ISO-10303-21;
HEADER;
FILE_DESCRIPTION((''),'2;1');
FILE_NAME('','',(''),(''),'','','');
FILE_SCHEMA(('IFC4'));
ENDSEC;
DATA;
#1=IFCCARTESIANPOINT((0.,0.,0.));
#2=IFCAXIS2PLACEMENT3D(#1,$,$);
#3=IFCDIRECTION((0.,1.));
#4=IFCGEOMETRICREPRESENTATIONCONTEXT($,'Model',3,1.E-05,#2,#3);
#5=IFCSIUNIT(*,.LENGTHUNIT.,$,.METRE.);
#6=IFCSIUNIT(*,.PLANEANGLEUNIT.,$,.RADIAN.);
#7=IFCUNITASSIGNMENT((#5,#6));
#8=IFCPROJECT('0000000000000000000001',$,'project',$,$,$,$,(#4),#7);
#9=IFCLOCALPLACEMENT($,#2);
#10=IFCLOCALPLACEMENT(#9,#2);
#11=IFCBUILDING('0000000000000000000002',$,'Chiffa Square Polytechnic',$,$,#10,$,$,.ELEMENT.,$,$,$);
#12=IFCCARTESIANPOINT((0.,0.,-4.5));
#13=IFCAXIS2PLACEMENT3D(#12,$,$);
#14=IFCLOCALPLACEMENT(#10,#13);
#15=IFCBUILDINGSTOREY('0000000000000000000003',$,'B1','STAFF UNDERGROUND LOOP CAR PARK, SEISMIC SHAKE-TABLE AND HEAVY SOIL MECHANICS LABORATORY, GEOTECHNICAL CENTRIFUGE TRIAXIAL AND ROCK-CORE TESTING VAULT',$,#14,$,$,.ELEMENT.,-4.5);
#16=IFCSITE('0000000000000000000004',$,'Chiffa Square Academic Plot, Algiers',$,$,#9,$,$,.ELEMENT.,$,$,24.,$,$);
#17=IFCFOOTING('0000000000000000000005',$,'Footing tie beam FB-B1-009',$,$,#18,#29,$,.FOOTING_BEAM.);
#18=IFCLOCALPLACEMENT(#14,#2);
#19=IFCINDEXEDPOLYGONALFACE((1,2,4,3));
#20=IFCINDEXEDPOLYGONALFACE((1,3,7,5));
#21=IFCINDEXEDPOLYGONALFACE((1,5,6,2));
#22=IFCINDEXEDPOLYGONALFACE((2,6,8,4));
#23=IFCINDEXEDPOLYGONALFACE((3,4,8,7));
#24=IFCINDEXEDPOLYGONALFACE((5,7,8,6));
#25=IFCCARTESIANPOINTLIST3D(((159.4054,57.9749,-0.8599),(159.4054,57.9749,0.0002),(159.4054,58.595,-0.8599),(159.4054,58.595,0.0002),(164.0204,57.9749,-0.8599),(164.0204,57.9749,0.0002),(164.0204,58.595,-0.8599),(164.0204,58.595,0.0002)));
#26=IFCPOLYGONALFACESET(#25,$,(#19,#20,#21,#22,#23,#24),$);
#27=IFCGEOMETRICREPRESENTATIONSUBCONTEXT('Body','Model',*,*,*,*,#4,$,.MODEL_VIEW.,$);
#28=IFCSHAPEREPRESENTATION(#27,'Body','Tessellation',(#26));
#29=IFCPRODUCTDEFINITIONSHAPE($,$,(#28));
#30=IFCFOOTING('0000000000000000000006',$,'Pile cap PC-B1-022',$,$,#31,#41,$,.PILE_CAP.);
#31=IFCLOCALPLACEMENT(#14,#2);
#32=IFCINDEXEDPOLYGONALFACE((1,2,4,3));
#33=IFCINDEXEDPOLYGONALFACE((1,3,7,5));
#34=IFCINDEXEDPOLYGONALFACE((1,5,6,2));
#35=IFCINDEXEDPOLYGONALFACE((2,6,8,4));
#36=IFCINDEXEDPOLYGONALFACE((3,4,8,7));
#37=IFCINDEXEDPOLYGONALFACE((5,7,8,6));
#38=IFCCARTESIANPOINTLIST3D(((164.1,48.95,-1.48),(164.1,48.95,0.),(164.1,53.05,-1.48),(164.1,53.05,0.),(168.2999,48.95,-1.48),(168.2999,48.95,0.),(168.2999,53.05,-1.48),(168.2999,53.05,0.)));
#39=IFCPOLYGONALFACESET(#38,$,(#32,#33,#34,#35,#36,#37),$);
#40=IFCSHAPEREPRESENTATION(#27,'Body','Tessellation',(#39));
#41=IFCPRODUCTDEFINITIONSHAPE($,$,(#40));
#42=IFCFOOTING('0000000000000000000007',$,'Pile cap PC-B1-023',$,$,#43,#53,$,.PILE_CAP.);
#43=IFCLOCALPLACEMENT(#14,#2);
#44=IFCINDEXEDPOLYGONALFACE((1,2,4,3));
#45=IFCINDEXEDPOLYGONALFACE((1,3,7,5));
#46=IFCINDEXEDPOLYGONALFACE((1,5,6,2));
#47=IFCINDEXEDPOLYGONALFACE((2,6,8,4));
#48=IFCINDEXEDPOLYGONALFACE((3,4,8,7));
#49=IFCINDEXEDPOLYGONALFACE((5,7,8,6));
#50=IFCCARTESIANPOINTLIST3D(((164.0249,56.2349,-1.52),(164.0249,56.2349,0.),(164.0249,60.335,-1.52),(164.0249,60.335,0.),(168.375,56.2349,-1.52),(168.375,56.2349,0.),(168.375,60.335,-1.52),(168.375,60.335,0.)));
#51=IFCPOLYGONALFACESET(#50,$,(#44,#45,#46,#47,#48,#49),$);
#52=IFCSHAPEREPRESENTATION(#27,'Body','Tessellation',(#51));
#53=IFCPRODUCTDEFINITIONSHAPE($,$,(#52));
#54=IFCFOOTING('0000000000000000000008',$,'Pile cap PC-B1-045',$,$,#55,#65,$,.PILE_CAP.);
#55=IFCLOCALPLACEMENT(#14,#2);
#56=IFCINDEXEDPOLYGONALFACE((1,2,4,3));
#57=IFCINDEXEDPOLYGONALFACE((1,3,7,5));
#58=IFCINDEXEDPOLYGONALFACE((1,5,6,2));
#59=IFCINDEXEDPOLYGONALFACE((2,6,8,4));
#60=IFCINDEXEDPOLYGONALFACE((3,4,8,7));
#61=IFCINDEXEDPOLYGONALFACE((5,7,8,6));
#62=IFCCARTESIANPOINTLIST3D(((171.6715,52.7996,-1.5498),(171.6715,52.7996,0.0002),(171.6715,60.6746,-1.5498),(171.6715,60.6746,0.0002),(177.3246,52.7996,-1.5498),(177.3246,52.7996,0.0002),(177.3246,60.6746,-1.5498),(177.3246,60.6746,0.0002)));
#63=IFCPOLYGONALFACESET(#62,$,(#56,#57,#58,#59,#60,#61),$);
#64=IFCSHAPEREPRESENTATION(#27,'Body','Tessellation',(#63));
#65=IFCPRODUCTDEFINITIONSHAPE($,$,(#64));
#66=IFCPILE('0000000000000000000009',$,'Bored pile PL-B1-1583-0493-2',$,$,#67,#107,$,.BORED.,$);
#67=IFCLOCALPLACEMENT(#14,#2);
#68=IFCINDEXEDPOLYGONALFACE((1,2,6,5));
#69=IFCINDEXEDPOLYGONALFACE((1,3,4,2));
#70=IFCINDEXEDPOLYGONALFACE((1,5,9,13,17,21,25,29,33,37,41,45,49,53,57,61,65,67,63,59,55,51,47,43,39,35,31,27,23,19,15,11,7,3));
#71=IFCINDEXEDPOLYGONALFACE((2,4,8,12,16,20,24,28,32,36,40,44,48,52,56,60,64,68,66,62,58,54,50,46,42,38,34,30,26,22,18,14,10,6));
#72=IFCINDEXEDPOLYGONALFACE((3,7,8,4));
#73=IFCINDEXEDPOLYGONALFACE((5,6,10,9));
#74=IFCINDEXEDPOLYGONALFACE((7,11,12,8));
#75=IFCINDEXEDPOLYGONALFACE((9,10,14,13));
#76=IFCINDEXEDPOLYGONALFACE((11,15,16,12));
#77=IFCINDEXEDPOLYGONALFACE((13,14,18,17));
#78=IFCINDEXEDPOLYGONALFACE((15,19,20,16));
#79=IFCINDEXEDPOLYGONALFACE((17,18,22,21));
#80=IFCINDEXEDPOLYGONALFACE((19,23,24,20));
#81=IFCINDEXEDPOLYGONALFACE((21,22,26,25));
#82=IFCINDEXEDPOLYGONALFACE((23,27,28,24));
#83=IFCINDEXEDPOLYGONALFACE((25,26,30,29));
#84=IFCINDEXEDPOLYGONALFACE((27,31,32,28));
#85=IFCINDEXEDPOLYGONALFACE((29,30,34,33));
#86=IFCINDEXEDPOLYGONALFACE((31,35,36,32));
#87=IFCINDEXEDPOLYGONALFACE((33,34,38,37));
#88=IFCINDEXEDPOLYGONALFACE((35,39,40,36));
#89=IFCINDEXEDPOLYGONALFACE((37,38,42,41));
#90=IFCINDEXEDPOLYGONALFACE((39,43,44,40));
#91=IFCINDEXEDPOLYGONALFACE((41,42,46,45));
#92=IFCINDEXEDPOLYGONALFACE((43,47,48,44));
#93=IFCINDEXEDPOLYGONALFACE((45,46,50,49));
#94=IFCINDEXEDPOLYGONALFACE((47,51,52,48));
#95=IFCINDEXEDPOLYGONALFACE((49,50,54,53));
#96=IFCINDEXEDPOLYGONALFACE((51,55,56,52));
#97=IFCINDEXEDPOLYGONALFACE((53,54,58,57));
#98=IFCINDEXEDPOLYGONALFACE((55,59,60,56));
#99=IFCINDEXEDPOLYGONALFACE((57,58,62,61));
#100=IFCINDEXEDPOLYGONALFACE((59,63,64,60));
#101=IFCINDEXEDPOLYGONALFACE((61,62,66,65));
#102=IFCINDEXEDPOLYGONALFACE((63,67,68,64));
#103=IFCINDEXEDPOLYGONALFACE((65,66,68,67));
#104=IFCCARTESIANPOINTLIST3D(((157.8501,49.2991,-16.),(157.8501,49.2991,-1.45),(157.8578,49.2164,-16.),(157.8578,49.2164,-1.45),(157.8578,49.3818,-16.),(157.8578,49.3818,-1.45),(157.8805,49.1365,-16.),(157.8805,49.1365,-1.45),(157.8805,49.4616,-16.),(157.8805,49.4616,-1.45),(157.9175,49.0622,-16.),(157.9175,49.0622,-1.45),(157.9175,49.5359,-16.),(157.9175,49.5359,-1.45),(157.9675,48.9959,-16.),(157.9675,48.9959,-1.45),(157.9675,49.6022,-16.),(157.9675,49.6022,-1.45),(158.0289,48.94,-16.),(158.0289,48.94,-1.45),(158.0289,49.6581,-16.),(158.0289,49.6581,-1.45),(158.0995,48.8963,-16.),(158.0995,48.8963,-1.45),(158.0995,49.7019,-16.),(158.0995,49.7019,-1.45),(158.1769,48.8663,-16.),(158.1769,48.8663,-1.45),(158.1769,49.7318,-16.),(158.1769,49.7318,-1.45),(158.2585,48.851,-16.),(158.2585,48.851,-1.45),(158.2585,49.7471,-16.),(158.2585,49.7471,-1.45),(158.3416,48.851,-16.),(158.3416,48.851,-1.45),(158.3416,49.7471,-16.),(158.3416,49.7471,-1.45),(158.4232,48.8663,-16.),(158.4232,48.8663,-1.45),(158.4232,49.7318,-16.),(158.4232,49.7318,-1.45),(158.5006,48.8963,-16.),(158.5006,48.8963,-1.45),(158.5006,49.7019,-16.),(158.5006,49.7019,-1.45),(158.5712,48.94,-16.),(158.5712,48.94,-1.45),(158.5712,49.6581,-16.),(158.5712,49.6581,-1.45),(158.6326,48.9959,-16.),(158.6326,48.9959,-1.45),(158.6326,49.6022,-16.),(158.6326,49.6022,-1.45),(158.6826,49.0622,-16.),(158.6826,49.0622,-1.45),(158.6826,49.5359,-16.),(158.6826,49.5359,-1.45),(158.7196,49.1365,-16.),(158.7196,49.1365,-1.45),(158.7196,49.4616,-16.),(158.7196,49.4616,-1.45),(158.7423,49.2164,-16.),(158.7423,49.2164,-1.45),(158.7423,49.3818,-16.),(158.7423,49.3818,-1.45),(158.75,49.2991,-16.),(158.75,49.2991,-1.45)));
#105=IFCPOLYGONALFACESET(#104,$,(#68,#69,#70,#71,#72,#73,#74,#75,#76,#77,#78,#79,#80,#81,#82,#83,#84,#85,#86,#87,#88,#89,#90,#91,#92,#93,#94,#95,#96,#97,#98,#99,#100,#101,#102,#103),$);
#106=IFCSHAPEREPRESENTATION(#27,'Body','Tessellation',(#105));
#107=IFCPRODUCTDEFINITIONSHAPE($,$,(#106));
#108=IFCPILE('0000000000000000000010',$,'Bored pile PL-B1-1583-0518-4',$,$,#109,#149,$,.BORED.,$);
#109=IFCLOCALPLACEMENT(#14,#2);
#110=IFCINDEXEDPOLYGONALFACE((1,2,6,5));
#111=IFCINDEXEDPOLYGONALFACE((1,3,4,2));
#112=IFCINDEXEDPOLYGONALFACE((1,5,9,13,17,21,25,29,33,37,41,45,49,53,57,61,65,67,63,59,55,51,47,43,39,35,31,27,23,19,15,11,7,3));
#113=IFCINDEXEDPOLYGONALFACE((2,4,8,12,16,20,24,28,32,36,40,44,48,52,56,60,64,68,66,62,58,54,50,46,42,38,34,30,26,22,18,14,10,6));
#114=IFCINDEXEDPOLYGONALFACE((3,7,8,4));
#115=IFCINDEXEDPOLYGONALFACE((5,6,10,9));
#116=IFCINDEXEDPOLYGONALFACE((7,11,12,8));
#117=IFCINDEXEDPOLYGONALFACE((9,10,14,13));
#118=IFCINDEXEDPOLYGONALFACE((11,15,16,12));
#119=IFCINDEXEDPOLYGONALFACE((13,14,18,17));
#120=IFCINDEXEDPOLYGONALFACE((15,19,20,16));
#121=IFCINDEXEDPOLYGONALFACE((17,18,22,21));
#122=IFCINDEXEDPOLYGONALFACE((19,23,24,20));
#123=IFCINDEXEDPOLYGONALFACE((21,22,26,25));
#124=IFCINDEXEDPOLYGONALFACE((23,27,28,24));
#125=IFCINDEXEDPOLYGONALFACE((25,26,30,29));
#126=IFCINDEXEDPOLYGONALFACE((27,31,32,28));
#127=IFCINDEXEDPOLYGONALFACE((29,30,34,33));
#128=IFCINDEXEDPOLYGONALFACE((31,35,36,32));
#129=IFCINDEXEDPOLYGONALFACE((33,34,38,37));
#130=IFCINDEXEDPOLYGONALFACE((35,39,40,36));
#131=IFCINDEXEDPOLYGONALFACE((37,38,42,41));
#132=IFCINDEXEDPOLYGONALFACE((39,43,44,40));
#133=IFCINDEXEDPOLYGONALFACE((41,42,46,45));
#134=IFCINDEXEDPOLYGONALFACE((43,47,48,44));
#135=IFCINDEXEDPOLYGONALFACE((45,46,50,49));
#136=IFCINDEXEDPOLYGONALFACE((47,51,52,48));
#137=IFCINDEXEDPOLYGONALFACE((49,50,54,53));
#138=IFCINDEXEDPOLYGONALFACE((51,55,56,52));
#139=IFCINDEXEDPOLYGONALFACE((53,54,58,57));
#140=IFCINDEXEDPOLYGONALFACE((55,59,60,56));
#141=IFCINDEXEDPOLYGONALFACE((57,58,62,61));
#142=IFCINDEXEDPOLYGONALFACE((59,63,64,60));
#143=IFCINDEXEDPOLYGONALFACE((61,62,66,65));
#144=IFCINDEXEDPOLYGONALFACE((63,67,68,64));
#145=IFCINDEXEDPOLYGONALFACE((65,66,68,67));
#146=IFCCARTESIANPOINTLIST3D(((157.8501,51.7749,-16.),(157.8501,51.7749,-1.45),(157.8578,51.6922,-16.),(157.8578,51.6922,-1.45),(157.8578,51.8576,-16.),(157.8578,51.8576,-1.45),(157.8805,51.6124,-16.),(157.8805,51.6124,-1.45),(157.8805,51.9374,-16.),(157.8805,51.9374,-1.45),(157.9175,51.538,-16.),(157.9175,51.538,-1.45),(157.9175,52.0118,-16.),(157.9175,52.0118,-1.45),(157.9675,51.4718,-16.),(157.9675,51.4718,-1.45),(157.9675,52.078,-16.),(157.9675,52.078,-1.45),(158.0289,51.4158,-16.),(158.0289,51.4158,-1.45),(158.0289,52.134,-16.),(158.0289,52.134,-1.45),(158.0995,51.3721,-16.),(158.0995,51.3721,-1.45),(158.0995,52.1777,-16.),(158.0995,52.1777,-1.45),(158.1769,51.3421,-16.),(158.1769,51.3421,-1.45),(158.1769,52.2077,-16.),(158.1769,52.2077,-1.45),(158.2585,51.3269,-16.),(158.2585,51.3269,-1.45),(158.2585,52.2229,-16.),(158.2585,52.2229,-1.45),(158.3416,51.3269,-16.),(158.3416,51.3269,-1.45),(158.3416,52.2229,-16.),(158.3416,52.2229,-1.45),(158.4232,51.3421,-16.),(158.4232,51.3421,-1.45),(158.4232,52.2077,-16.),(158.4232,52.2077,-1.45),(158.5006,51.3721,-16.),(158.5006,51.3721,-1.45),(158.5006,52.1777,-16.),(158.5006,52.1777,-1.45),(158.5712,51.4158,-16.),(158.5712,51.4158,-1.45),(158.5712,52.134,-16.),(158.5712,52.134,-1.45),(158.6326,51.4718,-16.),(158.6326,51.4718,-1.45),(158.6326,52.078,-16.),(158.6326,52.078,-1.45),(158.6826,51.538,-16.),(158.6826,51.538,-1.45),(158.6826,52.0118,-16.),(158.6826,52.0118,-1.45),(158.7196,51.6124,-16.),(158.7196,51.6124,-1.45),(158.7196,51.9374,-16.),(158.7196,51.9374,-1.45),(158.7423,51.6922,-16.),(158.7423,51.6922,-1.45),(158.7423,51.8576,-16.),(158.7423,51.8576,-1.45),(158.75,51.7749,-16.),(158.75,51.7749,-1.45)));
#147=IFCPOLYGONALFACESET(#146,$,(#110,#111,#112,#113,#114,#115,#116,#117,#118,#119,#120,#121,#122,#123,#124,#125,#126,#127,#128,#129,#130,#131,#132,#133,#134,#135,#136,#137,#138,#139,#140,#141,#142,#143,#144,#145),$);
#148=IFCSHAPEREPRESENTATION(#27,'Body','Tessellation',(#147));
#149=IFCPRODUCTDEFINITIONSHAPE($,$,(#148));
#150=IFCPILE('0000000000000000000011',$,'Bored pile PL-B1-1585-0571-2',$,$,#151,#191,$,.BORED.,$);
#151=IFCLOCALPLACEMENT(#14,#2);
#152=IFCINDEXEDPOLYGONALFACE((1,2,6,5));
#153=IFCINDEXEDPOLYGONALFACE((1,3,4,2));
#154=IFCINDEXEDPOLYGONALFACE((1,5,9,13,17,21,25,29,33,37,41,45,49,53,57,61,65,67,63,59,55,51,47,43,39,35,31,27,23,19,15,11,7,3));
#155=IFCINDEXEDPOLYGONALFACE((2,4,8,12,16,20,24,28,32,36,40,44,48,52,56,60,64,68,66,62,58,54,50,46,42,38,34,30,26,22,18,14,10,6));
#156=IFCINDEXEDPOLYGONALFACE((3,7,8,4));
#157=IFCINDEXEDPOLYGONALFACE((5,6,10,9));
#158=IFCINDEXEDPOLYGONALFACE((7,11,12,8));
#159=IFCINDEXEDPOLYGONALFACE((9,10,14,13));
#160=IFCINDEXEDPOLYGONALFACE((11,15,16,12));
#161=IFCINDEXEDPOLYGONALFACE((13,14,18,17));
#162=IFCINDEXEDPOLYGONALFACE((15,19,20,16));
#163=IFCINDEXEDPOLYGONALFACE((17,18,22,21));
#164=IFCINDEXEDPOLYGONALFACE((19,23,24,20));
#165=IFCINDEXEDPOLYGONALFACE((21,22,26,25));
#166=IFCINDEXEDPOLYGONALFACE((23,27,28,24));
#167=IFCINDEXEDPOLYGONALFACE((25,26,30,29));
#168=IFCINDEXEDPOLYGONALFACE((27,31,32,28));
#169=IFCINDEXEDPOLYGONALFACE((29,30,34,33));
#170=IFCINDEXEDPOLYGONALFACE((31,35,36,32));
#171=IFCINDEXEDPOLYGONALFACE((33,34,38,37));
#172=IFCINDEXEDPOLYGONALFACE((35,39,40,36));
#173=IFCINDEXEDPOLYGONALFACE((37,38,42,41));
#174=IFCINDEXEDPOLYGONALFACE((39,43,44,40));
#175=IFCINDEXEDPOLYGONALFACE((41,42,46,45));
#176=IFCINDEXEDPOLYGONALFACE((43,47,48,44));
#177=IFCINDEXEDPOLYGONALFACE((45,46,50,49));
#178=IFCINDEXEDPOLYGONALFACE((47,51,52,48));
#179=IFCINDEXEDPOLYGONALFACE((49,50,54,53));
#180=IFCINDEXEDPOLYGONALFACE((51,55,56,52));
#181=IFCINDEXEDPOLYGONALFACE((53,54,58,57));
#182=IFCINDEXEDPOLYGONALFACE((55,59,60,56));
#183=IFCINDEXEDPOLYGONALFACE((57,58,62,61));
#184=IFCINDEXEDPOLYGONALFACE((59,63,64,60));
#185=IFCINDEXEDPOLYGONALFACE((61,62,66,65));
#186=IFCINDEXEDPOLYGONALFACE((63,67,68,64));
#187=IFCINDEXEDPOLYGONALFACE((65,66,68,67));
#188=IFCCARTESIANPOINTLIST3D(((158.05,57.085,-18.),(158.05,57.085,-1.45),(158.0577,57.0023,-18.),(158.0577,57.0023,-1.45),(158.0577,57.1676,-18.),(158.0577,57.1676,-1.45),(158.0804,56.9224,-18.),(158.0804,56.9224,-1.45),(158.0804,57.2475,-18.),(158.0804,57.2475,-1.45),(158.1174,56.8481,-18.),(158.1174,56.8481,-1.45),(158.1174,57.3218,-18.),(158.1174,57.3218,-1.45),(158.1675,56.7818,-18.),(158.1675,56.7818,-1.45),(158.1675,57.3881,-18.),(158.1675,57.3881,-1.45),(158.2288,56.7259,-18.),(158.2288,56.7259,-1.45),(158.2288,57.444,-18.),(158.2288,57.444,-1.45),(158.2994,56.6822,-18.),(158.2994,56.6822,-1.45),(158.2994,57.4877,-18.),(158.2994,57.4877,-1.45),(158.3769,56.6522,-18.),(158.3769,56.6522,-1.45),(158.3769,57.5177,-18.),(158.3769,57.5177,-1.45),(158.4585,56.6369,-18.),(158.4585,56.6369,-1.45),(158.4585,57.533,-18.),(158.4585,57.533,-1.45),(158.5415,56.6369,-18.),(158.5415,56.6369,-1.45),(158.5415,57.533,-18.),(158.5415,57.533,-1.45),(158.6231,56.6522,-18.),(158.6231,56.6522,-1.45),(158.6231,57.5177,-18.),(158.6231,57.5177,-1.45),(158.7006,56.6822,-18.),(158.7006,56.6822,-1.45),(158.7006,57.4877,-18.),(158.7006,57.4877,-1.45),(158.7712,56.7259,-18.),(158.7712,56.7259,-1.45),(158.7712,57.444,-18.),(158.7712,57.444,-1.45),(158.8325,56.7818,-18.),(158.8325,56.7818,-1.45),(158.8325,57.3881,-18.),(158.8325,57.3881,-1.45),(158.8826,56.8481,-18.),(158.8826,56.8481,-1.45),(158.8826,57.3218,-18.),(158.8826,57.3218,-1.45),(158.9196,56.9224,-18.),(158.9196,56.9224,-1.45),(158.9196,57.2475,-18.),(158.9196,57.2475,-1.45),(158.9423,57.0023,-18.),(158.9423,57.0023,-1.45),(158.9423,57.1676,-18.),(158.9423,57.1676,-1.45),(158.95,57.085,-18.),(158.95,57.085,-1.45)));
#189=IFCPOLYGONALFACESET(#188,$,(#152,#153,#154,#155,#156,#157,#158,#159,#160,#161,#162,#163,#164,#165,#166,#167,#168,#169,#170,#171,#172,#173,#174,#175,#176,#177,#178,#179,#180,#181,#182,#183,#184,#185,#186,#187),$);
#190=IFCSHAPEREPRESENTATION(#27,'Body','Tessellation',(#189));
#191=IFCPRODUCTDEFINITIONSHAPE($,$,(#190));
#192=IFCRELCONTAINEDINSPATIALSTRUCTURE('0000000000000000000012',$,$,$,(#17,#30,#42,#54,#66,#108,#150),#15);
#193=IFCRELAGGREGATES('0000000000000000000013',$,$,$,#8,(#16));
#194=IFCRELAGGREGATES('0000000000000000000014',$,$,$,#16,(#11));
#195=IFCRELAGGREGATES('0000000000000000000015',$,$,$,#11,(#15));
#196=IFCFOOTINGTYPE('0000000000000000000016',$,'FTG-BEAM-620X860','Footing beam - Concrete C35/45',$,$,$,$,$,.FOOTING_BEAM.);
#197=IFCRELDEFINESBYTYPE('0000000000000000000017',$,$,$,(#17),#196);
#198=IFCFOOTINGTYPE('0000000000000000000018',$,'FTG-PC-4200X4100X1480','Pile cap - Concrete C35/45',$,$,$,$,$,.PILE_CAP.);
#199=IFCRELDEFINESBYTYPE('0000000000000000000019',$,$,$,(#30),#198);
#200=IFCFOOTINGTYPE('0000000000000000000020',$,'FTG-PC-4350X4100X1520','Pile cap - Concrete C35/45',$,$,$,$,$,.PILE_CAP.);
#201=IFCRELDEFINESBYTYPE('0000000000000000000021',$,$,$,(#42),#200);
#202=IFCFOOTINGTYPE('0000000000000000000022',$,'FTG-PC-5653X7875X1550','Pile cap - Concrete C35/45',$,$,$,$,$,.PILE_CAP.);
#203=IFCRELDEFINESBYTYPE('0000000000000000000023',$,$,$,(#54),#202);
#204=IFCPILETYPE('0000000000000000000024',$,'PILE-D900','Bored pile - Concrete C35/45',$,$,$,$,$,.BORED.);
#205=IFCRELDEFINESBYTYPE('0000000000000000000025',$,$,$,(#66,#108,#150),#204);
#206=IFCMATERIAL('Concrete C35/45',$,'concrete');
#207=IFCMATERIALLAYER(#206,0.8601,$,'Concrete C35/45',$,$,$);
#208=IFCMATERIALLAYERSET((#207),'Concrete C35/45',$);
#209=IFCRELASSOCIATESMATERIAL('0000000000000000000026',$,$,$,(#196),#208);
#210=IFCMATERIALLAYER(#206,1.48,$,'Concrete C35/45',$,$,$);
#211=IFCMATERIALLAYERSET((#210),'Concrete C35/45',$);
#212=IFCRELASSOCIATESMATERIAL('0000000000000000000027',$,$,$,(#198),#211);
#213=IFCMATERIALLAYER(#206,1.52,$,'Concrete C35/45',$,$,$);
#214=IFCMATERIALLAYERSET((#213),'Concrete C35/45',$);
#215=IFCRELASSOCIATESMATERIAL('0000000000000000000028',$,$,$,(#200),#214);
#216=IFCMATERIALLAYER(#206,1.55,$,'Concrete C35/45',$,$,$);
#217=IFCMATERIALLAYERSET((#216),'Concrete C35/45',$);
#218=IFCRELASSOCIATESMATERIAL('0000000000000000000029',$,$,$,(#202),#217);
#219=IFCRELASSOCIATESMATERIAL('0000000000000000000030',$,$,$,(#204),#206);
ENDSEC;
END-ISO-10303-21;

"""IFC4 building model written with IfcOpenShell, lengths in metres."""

from ifc_helpers import new_model, si_unit, direction, frame, origin, origin_2d, place, context, subcontext, project, spatial, rectangle, circle, extrude, material, layer, layer_set, material_profile, profile_set, type_object, element, save


model = new_model("IFC4")

# Units and contexts
model_context = context("Model", 3, precision=1e-05, world=origin(), true_north=direction((0.0, 1.0)))
body_context = subcontext(model_context, "Body", "Model", "MODEL_VIEW")
ifc_project = project(units=[si_unit("LENGTHUNIT", "METRE"), si_unit("PLANEANGLEUNIT", "RADIAN")], contexts=[model_context])

# Site, building, storey
site_placement = place(None, origin())
site = spatial("IfcSite", under=ifc_project, at=site_placement, Name="Chiffa Square Academic Plot, Algiers", CompositionType="ELEMENT", RefElevation=24.0)
building_placement = place(site_placement, origin())
building = spatial("IfcBuilding", under=site, at=building_placement, Name="Chiffa Square Polytechnic", CompositionType="ELEMENT")
storey_placement = place(building_placement, frame((0.0, 0.0, -4.5)))
storey = spatial("IfcBuildingStorey", under=building, at=storey_placement, Name="B1", Description="STAFF UNDERGROUND LOOP CAR PARK, SEISMIC SHAKE-TABLE AND HEAVY SOIL MECHANICS LABORATORY, GEOTECHNICAL CENTRIFUGE TRIAXIAL AND ROCK-CORE TESTING VAULT", CompositionType="ELEMENT", Elevation=-4.5)

# Footings
ifc_material_1 = material(Name="Concrete C35/45", Category="concrete")
ifc_layer_1 = layer(ifc_material_1, 0.8601, Name="Concrete C35/45")
ifc_layer_set_1 = layer_set([ifc_layer_1], Name="Concrete C35/45")
footing_type_1 = type_object("IfcFootingType", Name="FTG-BEAM-620X860", Description="Footing beam - Concrete C35/45", PredefinedType="FOOTING_BEAM", material=ifc_layer_set_1)
footing_1_placement = place(storey_placement, frame((161.7129, 58.2849, -0.8599), z_axis=(0.0, 0.0, 1.0), x_axis=(1.0, 0.0, 0.0)))
element("IfcFooting", 1, at=footing_1_placement, inside=storey, type_object=footing_type_1, Name="Footing tie beam FB-B1-009", PredefinedType="FOOTING_BEAM", context=body_context, shape_type="SweptSolid", body=[
    extrude(rectangle(XDim=4.615, YDim=0.6201, at=origin_2d()), origin(), (0.0, 0.0, 1.0), 0.8601),
])
ifc_layer_2 = layer(ifc_material_1, 1.48, Name="Concrete C35/45")
ifc_layer_set_2 = layer_set([ifc_layer_2], Name="Concrete C35/45")
footing_type_2 = type_object("IfcFootingType", Name="FTG-PC-4200X4100X1480", Description="Pile cap - Concrete C35/45", PredefinedType="PILE_CAP", material=ifc_layer_set_2)
footing_2_placement = place(storey_placement, frame((166.2, 51.0, -1.48), z_axis=(0.0, 0.0, 1.0), x_axis=(1.0, 0.0, 0.0)))
element("IfcFooting", 2, at=footing_2_placement, inside=storey, type_object=footing_type_2, Name="Pile cap PC-B1-022", PredefinedType="PILE_CAP", context=body_context, shape_type="SweptSolid", body=[
    extrude(rectangle(XDim=4.2, YDim=4.1001, at=origin_2d()), origin(), (0.0, 0.0, 1.0), 1.48),
])
ifc_layer_3 = layer(ifc_material_1, 1.52, Name="Concrete C35/45")
ifc_layer_set_3 = layer_set([ifc_layer_3], Name="Concrete C35/45")
footing_type_3 = type_object("IfcFootingType", Name="FTG-PC-4350X4100X1520", Description="Pile cap - Concrete C35/45", PredefinedType="PILE_CAP", material=ifc_layer_set_3)
footing_3_placement = place(storey_placement, frame((166.2, 58.2849, -1.52), z_axis=(0.0, 0.0, 1.0), x_axis=(1.0, 0.0, 0.0)))
element("IfcFooting", 3, at=footing_3_placement, inside=storey, type_object=footing_type_3, Name="Pile cap PC-B1-023", PredefinedType="PILE_CAP", context=body_context, shape_type="SweptSolid", body=[
    extrude(rectangle(XDim=4.3501, YDim=4.1001, at=origin_2d()), origin(), (0.0, 0.0, 1.0), 1.52),
])
ifc_layer_4 = layer(ifc_material_1, 1.55, Name="Concrete C35/45")
ifc_layer_set_4 = layer_set([ifc_layer_4], Name="Concrete C35/45")
footing_type_4 = type_object("IfcFootingType", Name="FTG-PC-5653X7875X1550", Description="Pile cap - Concrete C35/45", PredefinedType="PILE_CAP", material=ifc_layer_set_4)
footing_4_placement = place(storey_placement, frame((174.498, 56.7371, -1.5498), z_axis=(0.0, 0.0, 1.0), x_axis=(1.0, 0.0, 0.0)))
element("IfcFooting", 4, at=footing_4_placement, inside=storey, type_object=footing_type_4, Name="Pile cap PC-B1-045", PredefinedType="PILE_CAP", context=body_context, shape_type="SweptSolid", body=[
    extrude(rectangle(XDim=5.6531, YDim=7.875, at=origin_2d()), origin(), (0.0, 0.0, 1.0), 1.55),
])

# Piles
ifc_material_profile_1 = material_profile(ifc_material_1, circle(Radius=0.45, at=origin_2d()), Name="PILE D900")
ifc_profile_set_1 = profile_set([ifc_material_profile_1], Name="Concrete C35/45")
pile_type = type_object("IfcPileType", Name="PILE-D900", Description="Bored pile - Concrete C35/45", PredefinedType="BORED", material=ifc_profile_set_1)
for number, where, z_axis, x_axis, name in (
    (5, (158.3, 49.2991, -1.45), (0.0, 0.0, -1.0), (1.0, 0.0, 0.0), "Bored pile PL-B1-1583-0493-2"),
    (6, (158.3, 51.7749, -1.45), (0.0, 0.0, -1.0), (1.0, 0.0, 0.0), "Bored pile PL-B1-1583-0518-4"),
):
    element("IfcPile", number, at=place(storey_placement, frame(where, z_axis=z_axis, x_axis=x_axis)), inside=storey, type_object=pile_type, Name=name, PredefinedType="BORED", context=body_context, shape_type="SweptSolid", body=[
        extrude(circle(Radius=0.45, at=origin_2d()), origin(), (0.0, 0.0, 1.0), 14.55),
    ])
pile_placement = place(storey_placement, frame((158.5, 57.085, -1.45), z_axis=(0.0, 0.0, -1.0), x_axis=(1.0, 0.0, 0.0)))
element("IfcPile", 7, at=pile_placement, inside=storey, type_object=pile_type, Name="Bored pile PL-B1-1585-0571-2", PredefinedType="BORED", context=body_context, shape_type="SweptSolid", body=[
    extrude(circle(Radius=0.45, at=origin_2d()), origin(), (0.0, 0.0, 1.0), 16.55),
])

save(model, "model.ifc")
